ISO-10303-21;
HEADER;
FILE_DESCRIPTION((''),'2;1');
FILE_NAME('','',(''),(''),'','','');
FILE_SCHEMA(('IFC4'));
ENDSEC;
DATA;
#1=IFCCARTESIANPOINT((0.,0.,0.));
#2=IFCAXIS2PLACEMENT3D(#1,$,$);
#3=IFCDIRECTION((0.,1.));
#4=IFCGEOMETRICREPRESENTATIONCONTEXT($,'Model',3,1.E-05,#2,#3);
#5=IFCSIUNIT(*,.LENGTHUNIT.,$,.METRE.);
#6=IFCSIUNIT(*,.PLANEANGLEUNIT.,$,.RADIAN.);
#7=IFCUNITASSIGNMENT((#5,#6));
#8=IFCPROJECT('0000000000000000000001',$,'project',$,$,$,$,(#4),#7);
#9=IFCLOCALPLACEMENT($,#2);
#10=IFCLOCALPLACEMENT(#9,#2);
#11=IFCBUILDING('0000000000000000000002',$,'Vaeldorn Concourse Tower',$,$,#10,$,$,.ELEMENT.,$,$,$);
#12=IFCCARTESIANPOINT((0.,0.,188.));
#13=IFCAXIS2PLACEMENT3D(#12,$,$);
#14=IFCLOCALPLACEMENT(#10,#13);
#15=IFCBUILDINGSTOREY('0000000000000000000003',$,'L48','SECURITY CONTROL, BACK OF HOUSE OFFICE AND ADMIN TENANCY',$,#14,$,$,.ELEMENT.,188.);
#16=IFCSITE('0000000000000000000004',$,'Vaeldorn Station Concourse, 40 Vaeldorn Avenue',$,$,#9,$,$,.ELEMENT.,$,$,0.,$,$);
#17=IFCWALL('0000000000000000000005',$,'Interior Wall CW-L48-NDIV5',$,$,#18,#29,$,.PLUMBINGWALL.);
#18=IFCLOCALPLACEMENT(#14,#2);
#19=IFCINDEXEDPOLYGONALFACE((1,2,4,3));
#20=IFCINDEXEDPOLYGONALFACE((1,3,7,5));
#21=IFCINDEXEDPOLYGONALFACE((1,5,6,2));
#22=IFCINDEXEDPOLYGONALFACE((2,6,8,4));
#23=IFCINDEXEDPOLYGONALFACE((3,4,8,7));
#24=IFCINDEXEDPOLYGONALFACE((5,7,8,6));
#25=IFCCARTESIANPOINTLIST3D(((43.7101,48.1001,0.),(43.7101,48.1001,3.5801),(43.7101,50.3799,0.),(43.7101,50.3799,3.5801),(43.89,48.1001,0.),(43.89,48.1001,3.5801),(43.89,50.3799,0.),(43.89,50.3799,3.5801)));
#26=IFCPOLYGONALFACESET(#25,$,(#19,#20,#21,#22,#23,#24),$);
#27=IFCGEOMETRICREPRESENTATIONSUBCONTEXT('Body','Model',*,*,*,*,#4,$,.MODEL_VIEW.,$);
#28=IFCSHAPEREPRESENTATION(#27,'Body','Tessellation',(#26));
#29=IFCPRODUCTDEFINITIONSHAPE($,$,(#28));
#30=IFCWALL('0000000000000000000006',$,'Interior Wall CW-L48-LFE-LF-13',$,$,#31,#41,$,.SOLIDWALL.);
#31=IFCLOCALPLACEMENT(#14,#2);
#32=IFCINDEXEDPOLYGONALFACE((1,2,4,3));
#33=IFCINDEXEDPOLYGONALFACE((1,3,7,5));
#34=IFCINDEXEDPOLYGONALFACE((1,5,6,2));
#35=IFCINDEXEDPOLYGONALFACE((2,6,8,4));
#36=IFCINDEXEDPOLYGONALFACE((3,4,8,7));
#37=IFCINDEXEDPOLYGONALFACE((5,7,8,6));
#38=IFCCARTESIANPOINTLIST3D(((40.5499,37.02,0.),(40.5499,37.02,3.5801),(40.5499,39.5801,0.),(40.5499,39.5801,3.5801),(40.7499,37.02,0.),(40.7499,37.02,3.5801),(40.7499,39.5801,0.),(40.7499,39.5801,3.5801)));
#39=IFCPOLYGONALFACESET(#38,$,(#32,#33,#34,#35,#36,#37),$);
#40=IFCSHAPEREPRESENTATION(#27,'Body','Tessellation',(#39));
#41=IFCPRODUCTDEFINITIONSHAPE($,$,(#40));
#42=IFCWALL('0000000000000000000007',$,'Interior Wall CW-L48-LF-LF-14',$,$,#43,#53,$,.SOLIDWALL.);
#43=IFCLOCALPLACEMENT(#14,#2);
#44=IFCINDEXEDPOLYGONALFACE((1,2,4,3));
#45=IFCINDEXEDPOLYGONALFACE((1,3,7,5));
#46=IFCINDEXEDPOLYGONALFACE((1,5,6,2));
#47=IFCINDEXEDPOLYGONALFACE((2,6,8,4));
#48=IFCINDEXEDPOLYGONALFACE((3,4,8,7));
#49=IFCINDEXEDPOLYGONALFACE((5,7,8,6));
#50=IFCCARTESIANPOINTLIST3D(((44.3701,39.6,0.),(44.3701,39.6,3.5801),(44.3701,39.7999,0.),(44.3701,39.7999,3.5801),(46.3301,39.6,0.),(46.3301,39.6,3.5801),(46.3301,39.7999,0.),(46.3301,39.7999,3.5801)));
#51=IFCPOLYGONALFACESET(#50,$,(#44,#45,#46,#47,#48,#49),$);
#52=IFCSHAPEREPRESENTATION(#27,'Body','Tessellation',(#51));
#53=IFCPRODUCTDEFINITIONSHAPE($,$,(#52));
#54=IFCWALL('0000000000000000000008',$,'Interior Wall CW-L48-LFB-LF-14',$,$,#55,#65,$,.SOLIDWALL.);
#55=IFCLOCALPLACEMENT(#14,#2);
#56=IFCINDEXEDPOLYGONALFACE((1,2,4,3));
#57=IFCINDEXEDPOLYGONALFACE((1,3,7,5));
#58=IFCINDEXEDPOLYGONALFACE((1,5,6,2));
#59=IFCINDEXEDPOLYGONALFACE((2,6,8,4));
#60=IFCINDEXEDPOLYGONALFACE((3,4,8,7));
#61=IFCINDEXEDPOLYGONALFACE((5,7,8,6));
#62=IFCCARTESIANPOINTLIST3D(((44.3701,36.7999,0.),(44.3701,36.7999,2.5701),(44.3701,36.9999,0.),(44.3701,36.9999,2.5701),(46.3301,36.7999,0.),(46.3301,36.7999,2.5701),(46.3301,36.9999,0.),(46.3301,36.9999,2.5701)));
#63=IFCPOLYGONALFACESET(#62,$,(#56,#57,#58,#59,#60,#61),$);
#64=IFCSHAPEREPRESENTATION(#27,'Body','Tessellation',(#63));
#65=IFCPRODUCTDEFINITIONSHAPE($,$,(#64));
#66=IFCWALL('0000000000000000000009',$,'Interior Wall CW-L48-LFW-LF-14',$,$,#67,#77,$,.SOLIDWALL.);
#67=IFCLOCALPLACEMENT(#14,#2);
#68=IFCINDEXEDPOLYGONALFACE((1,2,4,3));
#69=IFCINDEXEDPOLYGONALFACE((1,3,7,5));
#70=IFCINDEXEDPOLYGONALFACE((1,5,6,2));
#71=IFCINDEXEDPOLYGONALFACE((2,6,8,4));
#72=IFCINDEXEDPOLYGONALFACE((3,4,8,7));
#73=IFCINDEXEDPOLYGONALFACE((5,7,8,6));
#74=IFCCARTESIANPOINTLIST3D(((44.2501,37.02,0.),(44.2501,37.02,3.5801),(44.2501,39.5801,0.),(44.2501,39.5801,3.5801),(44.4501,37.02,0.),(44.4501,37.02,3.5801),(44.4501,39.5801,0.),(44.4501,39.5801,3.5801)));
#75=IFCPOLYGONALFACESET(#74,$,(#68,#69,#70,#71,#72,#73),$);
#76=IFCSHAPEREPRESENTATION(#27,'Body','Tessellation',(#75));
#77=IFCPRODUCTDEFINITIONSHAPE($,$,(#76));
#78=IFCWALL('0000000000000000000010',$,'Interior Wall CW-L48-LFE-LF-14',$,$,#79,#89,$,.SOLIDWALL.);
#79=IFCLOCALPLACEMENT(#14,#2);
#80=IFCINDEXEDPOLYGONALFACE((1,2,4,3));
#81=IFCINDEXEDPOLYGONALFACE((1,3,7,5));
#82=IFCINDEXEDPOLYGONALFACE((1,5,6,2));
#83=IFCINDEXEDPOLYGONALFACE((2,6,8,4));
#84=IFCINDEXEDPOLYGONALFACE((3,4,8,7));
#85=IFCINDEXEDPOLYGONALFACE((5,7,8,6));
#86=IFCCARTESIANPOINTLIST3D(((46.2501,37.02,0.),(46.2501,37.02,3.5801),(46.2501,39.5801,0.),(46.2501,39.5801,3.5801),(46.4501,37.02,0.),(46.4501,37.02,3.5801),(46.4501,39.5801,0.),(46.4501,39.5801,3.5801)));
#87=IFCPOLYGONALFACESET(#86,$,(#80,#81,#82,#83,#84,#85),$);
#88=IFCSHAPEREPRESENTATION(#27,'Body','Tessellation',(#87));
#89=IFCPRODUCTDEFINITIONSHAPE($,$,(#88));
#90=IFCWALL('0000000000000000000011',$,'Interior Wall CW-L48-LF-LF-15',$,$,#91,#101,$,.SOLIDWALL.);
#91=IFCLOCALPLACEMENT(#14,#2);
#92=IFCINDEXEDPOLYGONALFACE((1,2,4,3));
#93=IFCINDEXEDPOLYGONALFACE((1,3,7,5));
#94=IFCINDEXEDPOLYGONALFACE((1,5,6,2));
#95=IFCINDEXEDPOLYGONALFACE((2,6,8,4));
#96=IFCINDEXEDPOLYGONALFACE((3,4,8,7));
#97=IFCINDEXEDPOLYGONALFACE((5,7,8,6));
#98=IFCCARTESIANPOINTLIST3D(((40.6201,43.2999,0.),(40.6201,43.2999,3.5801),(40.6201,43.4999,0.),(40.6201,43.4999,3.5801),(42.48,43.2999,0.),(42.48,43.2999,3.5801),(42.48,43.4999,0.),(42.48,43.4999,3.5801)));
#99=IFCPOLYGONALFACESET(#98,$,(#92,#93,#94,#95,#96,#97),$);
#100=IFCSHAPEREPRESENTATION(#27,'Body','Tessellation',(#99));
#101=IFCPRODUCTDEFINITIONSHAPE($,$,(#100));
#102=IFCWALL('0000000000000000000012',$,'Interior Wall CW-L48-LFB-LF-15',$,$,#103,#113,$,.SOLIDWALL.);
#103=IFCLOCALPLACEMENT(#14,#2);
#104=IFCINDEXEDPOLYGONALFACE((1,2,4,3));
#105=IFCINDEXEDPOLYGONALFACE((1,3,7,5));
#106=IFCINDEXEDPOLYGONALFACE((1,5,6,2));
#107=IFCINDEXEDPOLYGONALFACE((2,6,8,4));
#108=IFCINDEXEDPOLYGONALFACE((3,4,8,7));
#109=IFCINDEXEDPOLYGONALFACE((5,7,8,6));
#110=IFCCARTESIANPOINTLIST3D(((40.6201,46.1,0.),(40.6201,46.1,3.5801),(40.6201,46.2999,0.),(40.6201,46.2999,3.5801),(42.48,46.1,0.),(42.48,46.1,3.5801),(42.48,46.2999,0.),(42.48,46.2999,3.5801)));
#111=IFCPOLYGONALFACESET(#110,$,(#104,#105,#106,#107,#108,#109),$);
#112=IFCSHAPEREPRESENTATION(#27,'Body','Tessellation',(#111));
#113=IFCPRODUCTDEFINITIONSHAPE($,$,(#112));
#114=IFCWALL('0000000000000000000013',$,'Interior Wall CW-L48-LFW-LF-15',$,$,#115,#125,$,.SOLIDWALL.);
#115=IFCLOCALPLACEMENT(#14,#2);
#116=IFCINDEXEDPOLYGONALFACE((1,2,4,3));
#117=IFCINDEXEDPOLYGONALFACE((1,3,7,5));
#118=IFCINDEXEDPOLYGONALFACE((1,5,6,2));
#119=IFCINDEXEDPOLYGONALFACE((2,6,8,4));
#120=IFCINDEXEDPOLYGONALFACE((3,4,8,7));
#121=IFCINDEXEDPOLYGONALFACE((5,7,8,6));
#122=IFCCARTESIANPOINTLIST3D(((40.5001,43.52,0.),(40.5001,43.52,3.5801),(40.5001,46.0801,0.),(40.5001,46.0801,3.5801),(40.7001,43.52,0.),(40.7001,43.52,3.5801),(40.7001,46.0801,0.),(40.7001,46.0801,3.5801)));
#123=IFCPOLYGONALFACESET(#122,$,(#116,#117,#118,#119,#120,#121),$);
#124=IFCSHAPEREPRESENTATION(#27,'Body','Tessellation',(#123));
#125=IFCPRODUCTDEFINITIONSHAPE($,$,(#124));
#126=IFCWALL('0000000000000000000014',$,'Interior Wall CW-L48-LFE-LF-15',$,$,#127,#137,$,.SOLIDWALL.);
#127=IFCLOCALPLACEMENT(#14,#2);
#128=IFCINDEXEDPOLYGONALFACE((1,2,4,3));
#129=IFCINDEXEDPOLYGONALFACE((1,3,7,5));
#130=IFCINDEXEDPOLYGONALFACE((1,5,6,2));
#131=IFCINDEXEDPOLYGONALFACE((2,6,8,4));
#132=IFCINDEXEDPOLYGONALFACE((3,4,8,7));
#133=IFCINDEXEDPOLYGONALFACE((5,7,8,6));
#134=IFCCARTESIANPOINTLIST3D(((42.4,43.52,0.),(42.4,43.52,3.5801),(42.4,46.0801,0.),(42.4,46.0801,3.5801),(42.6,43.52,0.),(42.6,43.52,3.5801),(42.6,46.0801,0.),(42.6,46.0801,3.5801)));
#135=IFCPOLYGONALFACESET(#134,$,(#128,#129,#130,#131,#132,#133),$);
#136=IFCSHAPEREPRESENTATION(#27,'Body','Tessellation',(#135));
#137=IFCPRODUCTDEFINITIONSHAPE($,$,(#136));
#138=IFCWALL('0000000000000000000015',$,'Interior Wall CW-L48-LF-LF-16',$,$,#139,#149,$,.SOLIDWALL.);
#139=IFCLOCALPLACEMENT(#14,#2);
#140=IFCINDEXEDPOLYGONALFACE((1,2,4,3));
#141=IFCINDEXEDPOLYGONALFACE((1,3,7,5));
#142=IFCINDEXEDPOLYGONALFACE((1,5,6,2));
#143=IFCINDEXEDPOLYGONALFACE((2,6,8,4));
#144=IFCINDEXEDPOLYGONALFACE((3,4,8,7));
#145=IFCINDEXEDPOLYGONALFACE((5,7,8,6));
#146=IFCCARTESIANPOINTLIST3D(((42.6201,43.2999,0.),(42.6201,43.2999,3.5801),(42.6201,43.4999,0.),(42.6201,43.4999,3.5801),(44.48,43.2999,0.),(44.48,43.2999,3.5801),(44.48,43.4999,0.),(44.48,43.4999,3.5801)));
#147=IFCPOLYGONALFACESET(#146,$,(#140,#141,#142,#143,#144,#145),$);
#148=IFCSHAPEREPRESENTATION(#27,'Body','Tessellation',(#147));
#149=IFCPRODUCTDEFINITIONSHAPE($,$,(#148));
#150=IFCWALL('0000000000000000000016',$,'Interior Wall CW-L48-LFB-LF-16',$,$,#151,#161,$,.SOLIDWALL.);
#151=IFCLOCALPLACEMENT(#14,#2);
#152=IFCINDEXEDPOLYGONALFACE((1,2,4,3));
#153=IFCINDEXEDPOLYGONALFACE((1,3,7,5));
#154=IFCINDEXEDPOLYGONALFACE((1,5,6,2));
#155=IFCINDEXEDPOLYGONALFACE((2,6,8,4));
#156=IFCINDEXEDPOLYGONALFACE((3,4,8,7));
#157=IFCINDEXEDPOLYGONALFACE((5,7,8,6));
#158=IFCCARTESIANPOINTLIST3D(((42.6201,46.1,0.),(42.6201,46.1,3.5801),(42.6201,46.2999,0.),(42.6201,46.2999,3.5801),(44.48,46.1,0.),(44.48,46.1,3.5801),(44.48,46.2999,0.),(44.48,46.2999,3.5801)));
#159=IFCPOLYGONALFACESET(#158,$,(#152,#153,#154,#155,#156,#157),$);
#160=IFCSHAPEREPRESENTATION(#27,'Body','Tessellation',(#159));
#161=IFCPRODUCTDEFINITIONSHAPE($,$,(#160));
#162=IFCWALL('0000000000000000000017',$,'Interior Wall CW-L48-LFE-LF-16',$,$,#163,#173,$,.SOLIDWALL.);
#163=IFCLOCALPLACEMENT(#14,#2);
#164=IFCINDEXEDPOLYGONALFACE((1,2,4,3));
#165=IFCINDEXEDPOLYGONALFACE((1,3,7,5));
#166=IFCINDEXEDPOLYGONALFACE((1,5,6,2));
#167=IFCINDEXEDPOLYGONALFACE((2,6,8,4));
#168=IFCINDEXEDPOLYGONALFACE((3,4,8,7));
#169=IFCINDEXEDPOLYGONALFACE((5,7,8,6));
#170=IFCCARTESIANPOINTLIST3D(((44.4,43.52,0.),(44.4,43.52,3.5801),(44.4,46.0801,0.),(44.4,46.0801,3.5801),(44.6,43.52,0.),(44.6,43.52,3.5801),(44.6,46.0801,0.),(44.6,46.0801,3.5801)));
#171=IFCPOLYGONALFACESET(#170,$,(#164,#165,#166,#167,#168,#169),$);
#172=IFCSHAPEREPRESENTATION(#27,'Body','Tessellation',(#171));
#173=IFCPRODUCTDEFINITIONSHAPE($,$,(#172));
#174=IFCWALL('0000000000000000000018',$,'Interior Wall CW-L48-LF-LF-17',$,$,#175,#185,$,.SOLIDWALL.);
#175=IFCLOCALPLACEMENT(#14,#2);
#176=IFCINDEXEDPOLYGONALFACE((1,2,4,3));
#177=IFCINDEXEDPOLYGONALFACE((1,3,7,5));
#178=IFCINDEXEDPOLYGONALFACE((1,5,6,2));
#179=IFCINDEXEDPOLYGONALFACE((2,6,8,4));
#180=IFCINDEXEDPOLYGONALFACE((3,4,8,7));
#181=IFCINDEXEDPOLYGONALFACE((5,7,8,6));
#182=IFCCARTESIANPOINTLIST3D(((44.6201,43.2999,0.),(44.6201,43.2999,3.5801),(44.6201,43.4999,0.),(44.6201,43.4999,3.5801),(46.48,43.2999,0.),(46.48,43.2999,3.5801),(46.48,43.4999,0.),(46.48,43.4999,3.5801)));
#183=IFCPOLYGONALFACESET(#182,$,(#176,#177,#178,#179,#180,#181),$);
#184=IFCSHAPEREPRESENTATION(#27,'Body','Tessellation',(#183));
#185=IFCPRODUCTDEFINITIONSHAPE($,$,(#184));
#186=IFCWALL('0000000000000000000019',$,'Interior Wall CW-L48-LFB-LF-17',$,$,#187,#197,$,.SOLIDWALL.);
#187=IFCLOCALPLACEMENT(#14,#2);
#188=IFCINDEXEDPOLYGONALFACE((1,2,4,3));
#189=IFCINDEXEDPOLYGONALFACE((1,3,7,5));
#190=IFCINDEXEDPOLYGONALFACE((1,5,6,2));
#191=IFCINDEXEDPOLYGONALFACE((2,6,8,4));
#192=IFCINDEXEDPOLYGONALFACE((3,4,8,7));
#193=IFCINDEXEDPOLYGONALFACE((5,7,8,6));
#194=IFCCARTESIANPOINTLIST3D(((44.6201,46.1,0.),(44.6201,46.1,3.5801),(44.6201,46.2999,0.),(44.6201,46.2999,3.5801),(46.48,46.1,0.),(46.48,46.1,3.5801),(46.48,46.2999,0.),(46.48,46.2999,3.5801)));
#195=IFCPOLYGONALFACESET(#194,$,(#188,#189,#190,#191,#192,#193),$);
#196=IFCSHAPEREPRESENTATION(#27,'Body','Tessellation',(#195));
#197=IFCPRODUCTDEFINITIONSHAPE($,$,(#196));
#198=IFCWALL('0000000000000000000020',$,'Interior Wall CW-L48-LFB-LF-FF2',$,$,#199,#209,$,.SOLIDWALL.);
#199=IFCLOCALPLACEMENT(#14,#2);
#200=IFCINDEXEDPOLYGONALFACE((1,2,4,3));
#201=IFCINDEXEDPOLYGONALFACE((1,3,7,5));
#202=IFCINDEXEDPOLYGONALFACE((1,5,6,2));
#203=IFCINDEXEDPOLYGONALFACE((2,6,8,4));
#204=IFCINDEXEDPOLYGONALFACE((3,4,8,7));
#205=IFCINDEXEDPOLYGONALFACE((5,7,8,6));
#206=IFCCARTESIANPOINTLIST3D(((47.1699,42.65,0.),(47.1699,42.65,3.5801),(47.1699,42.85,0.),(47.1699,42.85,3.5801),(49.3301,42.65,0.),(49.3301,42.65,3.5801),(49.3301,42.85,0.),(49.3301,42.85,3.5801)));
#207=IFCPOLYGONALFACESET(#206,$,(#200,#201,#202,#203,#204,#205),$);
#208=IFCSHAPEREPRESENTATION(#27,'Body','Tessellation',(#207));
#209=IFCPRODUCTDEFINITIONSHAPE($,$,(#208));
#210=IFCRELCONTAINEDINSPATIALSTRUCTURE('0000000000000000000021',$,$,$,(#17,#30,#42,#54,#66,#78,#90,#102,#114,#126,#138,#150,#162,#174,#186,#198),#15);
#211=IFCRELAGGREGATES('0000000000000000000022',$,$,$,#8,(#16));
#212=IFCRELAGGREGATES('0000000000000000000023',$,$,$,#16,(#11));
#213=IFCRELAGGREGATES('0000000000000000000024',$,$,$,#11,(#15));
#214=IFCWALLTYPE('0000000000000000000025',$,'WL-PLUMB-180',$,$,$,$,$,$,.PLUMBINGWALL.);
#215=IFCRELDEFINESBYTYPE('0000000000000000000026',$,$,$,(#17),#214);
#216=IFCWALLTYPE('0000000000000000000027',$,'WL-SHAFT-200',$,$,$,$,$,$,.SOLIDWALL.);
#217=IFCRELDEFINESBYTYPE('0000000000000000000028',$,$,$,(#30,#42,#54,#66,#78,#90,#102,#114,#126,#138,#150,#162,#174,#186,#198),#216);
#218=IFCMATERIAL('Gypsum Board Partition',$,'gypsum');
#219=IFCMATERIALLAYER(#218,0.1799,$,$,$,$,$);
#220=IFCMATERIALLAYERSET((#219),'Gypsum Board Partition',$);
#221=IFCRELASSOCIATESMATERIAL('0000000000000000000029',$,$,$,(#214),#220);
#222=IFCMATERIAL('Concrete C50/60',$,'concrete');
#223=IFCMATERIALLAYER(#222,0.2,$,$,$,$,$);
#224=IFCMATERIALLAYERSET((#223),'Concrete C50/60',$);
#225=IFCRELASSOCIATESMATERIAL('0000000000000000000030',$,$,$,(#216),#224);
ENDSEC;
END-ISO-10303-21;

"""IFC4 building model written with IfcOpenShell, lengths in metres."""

from ifc_helpers import new_model, si_unit, direction, frame, frame_2d, origin, place, context, subcontext, project, spatial, rectangle, extrude, material, layer, layer_set, type_object, element, save


model = new_model("IFC4")

# Units and contexts
model_context = context("Model", 3, precision=1e-05, world=origin(), true_north=direction((0.0, 1.0)))
body_context = subcontext(model_context, "Body", "Model", "MODEL_VIEW")
ifc_project = project(units=[si_unit("LENGTHUNIT", "METRE"), si_unit("PLANEANGLEUNIT", "RADIAN")], contexts=[model_context])

# Site, building, storey
site_placement = place(None, origin())
site = spatial("IfcSite", under=ifc_project, at=site_placement, Name="Vaeldorn Station Concourse, 40 Vaeldorn Avenue", CompositionType="ELEMENT", RefElevation=0.0)
building_placement = place(site_placement, origin())
building = spatial("IfcBuilding", under=site, at=building_placement, Name="Vaeldorn Concourse Tower", CompositionType="ELEMENT")
storey_placement = place(building_placement, frame((0.0, 0.0, 188.0)))
storey = spatial("IfcBuildingStorey", under=building, at=storey_placement, Name="L48", Description="SECURITY CONTROL, BACK OF HOUSE OFFICE AND ADMIN TENANCY", CompositionType="ELEMENT", Elevation=188.0)

# Shared definitions
ifc_material_1 = material(Name="Concrete C50/60", Category="concrete")

# Shared definitions
ifc_material_2 = material(Name="Gypsum Board Partition", Category="gypsum")

# Wall
ifc_layer_1 = layer(ifc_material_2, 0.1799)
ifc_layer_set_1 = layer_set([ifc_layer_1], Name="Gypsum Board Partition")
wall_type_1 = type_object("IfcWallType", Name="WL-PLUMB-180", PredefinedType="PLUMBINGWALL", material=ifc_layer_set_1)
wall_1_placement = place(storey_placement, frame((43.8, 48.1001, 0.0), z_axis=(0.0, 0.0, 1.0), x_axis=(0.0, 1.0, 0.0)))
element("IfcWall", 1, at=wall_1_placement, inside=storey, type_object=wall_type_1, Name="Interior Wall CW-L48-NDIV5", PredefinedType="PLUMBINGWALL", context=body_context, shape_type="SweptSolid", body=[
    extrude(rectangle(XDim=2.2798, YDim=0.1799, at=frame_2d((1.1399, 0.0))), origin(), (0.0, 0.0, 1.0), 3.5801),
])

# Shared definitions
ifc_layer_2 = layer(ifc_material_1, 0.2)
ifc_layer_set_2 = layer_set([ifc_layer_2], Name="Concrete C50/60")
wall_type_2 = type_object("IfcWallType", Name="WL-SHAFT-200", PredefinedType="SOLIDWALL", material=ifc_layer_set_2)

# Walls
wall_2_placement = place(storey_placement, frame((40.6499, 37.02, 0.0), z_axis=(0.0, 0.0, 1.0), x_axis=(0.0, 1.0, 0.0)))
element("IfcWall", 2, at=wall_2_placement, inside=storey, type_object=wall_type_2, Name="Interior Wall CW-L48-LFE-LF-13", PredefinedType="SOLIDWALL", context=body_context, shape_type="SweptSolid", body=[
    extrude(rectangle(XDim=2.5601, YDim=0.2, at=frame_2d((1.28, 0.0))), origin(), (0.0, 0.0, 1.0), 3.5801),
])
wall_3_placement = place(storey_placement, frame((44.3701, 39.7, 0.0), z_axis=(0.0, 0.0, 1.0), x_axis=(1.0, 0.0, 0.0)))
element("IfcWall", 3, at=wall_3_placement, inside=storey, type_object=wall_type_2, Name="Interior Wall CW-L48-LF-LF-14", PredefinedType="SOLIDWALL", context=body_context, shape_type="SweptSolid", body=[
    extrude(rectangle(XDim=1.96, YDim=0.2, at=frame_2d((0.98, 0.0))), origin(), (0.0, 0.0, 1.0), 3.5801),
])
wall_4_placement = place(storey_placement, frame((44.3701, 36.8999, 0.0), z_axis=(0.0, 0.0, 1.0), x_axis=(1.0, 0.0, 0.0)))
element("IfcWall", 4, at=wall_4_placement, inside=storey, type_object=wall_type_2, Name="Interior Wall CW-L48-LFB-LF-14", PredefinedType="SOLIDWALL", context=body_context, shape_type="SweptSolid", body=[
    extrude(rectangle(XDim=1.96, YDim=0.2, at=frame_2d((0.98, 0.0))), origin(), (0.0, 0.0, 1.0), 2.5701),
])
for number, where, z_axis, x_axis, name in (
    (5, (44.3501, 37.02, 0.0), (0.0, 0.0, 1.0), (0.0, 1.0, 0.0), "Interior Wall CW-L48-LFW-LF-14"),
    (6, (46.3501, 37.02, 0.0), (0.0, 0.0, 1.0), (0.0, 1.0, 0.0), "Interior Wall CW-L48-LFE-LF-14"),
):
    element("IfcWall", number, at=place(storey_placement, frame(where, z_axis=z_axis, x_axis=x_axis)), inside=storey, type_object=wall_type_2, Name=name, PredefinedType="SOLIDWALL", context=body_context, shape_type="SweptSolid", body=[
        extrude(rectangle(XDim=2.5601, YDim=0.2, at=frame_2d((1.28, 0.0))), origin(), (0.0, 0.0, 1.0), 3.5801),
    ])
for number, where, z_axis, x_axis, name in (
    (7, (40.6201, 43.3999, 0.0), (0.0, 0.0, 1.0), (1.0, 0.0, 0.0), "Interior Wall CW-L48-LF-LF-15"),
    (8, (40.6201, 46.2, 0.0), (0.0, 0.0, 1.0), (1.0, 0.0, 0.0), "Interior Wall CW-L48-LFB-LF-15"),
):
    element("IfcWall", number, at=place(storey_placement, frame(where, z_axis=z_axis, x_axis=x_axis)), inside=storey, type_object=wall_type_2, Name=name, PredefinedType="SOLIDWALL", context=body_context, shape_type="SweptSolid", body=[
        extrude(rectangle(XDim=1.8599, YDim=0.2, at=frame_2d((0.9299, 0.0))), origin(), (0.0, 0.0, 1.0), 3.5801),
    ])
for number, where, z_axis, x_axis, name in (
    (9, (40.6001, 43.52, 0.0), (0.0, 0.0, 1.0), (0.0, 1.0, 0.0), "Interior Wall CW-L48-LFW-LF-15"),
    (10, (42.5, 43.52, 0.0), (0.0, 0.0, 1.0), (0.0, 1.0, 0.0), "Interior Wall CW-L48-LFE-LF-15"),
):
    element("IfcWall", number, at=place(storey_placement, frame(where, z_axis=z_axis, x_axis=x_axis)), inside=storey, type_object=wall_type_2, Name=name, PredefinedType="SOLIDWALL", context=body_context, shape_type="SweptSolid", body=[
        extrude(rectangle(XDim=2.5601, YDim=0.2, at=frame_2d((1.28, 0.0))), origin(), (0.0, 0.0, 1.0), 3.5801),
    ])
for number, where, z_axis, x_axis, name in (
    (11, (42.6201, 43.3999, 0.0), (0.0, 0.0, 1.0), (1.0, 0.0, 0.0), "Interior Wall CW-L48-LF-LF-16"),
    (12, (42.6201, 46.2, 0.0), (0.0, 0.0, 1.0), (1.0, 0.0, 0.0), "Interior Wall CW-L48-LFB-LF-16"),
):
    element("IfcWall", number, at=place(storey_placement, frame(where, z_axis=z_axis, x_axis=x_axis)), inside=storey, type_object=wall_type_2, Name=name, PredefinedType="SOLIDWALL", context=body_context, shape_type="SweptSolid", body=[
        extrude(rectangle(XDim=1.8599, YDim=0.2, at=frame_2d((0.9299, 0.0))), origin(), (0.0, 0.0, 1.0), 3.5801),
    ])
wall_5_placement = place(storey_placement, frame((44.5, 43.52, 0.0), z_axis=(0.0, 0.0, 1.0), x_axis=(0.0, 1.0, 0.0)))
element("IfcWall", 13, at=wall_5_placement, inside=storey, type_object=wall_type_2, Name="Interior Wall CW-L48-LFE-LF-16", PredefinedType="SOLIDWALL", context=body_context, shape_type="SweptSolid", body=[
    extrude(rectangle(XDim=2.5601, YDim=0.2, at=frame_2d((1.28, 0.0))), origin(), (0.0, 0.0, 1.0), 3.5801),
])
for number, where, z_axis, x_axis, name in (
    (14, (44.6201, 43.3999, 0.0), (0.0, 0.0, 1.0), (1.0, 0.0, 0.0), "Interior Wall CW-L48-LF-LF-17"),
    (15, (44.6201, 46.2, 0.0), (0.0, 0.0, 1.0), (1.0, 0.0, 0.0), "Interior Wall CW-L48-LFB-LF-17"),
):
    element("IfcWall", number, at=place(storey_placement, frame(where, z_axis=z_axis, x_axis=x_axis)), inside=storey, type_object=wall_type_2, Name=name, PredefinedType="SOLIDWALL", context=body_context, shape_type="SweptSolid", body=[
        extrude(rectangle(XDim=1.8599, YDim=0.2, at=frame_2d((0.9299, 0.0))), origin(), (0.0, 0.0, 1.0), 3.5801),
    ])

# Wall
wall_6_placement = place(storey_placement, frame((47.1699, 42.75, 0.0), z_axis=(0.0, 0.0, 1.0), x_axis=(1.0, 0.0, 0.0)))
element("IfcWall", 16, at=wall_6_placement, inside=storey, type_object=wall_type_2, Name="Interior Wall CW-L48-LFB-LF-FF2", PredefinedType="SOLIDWALL", context=body_context, shape_type="SweptSolid", body=[
    extrude(rectangle(XDim=2.1602, YDim=0.2, at=frame_2d((1.0801, 0.0))), origin(), (0.0, 0.0, 1.0), 3.5801),
])

save(model, "model.ifc")
